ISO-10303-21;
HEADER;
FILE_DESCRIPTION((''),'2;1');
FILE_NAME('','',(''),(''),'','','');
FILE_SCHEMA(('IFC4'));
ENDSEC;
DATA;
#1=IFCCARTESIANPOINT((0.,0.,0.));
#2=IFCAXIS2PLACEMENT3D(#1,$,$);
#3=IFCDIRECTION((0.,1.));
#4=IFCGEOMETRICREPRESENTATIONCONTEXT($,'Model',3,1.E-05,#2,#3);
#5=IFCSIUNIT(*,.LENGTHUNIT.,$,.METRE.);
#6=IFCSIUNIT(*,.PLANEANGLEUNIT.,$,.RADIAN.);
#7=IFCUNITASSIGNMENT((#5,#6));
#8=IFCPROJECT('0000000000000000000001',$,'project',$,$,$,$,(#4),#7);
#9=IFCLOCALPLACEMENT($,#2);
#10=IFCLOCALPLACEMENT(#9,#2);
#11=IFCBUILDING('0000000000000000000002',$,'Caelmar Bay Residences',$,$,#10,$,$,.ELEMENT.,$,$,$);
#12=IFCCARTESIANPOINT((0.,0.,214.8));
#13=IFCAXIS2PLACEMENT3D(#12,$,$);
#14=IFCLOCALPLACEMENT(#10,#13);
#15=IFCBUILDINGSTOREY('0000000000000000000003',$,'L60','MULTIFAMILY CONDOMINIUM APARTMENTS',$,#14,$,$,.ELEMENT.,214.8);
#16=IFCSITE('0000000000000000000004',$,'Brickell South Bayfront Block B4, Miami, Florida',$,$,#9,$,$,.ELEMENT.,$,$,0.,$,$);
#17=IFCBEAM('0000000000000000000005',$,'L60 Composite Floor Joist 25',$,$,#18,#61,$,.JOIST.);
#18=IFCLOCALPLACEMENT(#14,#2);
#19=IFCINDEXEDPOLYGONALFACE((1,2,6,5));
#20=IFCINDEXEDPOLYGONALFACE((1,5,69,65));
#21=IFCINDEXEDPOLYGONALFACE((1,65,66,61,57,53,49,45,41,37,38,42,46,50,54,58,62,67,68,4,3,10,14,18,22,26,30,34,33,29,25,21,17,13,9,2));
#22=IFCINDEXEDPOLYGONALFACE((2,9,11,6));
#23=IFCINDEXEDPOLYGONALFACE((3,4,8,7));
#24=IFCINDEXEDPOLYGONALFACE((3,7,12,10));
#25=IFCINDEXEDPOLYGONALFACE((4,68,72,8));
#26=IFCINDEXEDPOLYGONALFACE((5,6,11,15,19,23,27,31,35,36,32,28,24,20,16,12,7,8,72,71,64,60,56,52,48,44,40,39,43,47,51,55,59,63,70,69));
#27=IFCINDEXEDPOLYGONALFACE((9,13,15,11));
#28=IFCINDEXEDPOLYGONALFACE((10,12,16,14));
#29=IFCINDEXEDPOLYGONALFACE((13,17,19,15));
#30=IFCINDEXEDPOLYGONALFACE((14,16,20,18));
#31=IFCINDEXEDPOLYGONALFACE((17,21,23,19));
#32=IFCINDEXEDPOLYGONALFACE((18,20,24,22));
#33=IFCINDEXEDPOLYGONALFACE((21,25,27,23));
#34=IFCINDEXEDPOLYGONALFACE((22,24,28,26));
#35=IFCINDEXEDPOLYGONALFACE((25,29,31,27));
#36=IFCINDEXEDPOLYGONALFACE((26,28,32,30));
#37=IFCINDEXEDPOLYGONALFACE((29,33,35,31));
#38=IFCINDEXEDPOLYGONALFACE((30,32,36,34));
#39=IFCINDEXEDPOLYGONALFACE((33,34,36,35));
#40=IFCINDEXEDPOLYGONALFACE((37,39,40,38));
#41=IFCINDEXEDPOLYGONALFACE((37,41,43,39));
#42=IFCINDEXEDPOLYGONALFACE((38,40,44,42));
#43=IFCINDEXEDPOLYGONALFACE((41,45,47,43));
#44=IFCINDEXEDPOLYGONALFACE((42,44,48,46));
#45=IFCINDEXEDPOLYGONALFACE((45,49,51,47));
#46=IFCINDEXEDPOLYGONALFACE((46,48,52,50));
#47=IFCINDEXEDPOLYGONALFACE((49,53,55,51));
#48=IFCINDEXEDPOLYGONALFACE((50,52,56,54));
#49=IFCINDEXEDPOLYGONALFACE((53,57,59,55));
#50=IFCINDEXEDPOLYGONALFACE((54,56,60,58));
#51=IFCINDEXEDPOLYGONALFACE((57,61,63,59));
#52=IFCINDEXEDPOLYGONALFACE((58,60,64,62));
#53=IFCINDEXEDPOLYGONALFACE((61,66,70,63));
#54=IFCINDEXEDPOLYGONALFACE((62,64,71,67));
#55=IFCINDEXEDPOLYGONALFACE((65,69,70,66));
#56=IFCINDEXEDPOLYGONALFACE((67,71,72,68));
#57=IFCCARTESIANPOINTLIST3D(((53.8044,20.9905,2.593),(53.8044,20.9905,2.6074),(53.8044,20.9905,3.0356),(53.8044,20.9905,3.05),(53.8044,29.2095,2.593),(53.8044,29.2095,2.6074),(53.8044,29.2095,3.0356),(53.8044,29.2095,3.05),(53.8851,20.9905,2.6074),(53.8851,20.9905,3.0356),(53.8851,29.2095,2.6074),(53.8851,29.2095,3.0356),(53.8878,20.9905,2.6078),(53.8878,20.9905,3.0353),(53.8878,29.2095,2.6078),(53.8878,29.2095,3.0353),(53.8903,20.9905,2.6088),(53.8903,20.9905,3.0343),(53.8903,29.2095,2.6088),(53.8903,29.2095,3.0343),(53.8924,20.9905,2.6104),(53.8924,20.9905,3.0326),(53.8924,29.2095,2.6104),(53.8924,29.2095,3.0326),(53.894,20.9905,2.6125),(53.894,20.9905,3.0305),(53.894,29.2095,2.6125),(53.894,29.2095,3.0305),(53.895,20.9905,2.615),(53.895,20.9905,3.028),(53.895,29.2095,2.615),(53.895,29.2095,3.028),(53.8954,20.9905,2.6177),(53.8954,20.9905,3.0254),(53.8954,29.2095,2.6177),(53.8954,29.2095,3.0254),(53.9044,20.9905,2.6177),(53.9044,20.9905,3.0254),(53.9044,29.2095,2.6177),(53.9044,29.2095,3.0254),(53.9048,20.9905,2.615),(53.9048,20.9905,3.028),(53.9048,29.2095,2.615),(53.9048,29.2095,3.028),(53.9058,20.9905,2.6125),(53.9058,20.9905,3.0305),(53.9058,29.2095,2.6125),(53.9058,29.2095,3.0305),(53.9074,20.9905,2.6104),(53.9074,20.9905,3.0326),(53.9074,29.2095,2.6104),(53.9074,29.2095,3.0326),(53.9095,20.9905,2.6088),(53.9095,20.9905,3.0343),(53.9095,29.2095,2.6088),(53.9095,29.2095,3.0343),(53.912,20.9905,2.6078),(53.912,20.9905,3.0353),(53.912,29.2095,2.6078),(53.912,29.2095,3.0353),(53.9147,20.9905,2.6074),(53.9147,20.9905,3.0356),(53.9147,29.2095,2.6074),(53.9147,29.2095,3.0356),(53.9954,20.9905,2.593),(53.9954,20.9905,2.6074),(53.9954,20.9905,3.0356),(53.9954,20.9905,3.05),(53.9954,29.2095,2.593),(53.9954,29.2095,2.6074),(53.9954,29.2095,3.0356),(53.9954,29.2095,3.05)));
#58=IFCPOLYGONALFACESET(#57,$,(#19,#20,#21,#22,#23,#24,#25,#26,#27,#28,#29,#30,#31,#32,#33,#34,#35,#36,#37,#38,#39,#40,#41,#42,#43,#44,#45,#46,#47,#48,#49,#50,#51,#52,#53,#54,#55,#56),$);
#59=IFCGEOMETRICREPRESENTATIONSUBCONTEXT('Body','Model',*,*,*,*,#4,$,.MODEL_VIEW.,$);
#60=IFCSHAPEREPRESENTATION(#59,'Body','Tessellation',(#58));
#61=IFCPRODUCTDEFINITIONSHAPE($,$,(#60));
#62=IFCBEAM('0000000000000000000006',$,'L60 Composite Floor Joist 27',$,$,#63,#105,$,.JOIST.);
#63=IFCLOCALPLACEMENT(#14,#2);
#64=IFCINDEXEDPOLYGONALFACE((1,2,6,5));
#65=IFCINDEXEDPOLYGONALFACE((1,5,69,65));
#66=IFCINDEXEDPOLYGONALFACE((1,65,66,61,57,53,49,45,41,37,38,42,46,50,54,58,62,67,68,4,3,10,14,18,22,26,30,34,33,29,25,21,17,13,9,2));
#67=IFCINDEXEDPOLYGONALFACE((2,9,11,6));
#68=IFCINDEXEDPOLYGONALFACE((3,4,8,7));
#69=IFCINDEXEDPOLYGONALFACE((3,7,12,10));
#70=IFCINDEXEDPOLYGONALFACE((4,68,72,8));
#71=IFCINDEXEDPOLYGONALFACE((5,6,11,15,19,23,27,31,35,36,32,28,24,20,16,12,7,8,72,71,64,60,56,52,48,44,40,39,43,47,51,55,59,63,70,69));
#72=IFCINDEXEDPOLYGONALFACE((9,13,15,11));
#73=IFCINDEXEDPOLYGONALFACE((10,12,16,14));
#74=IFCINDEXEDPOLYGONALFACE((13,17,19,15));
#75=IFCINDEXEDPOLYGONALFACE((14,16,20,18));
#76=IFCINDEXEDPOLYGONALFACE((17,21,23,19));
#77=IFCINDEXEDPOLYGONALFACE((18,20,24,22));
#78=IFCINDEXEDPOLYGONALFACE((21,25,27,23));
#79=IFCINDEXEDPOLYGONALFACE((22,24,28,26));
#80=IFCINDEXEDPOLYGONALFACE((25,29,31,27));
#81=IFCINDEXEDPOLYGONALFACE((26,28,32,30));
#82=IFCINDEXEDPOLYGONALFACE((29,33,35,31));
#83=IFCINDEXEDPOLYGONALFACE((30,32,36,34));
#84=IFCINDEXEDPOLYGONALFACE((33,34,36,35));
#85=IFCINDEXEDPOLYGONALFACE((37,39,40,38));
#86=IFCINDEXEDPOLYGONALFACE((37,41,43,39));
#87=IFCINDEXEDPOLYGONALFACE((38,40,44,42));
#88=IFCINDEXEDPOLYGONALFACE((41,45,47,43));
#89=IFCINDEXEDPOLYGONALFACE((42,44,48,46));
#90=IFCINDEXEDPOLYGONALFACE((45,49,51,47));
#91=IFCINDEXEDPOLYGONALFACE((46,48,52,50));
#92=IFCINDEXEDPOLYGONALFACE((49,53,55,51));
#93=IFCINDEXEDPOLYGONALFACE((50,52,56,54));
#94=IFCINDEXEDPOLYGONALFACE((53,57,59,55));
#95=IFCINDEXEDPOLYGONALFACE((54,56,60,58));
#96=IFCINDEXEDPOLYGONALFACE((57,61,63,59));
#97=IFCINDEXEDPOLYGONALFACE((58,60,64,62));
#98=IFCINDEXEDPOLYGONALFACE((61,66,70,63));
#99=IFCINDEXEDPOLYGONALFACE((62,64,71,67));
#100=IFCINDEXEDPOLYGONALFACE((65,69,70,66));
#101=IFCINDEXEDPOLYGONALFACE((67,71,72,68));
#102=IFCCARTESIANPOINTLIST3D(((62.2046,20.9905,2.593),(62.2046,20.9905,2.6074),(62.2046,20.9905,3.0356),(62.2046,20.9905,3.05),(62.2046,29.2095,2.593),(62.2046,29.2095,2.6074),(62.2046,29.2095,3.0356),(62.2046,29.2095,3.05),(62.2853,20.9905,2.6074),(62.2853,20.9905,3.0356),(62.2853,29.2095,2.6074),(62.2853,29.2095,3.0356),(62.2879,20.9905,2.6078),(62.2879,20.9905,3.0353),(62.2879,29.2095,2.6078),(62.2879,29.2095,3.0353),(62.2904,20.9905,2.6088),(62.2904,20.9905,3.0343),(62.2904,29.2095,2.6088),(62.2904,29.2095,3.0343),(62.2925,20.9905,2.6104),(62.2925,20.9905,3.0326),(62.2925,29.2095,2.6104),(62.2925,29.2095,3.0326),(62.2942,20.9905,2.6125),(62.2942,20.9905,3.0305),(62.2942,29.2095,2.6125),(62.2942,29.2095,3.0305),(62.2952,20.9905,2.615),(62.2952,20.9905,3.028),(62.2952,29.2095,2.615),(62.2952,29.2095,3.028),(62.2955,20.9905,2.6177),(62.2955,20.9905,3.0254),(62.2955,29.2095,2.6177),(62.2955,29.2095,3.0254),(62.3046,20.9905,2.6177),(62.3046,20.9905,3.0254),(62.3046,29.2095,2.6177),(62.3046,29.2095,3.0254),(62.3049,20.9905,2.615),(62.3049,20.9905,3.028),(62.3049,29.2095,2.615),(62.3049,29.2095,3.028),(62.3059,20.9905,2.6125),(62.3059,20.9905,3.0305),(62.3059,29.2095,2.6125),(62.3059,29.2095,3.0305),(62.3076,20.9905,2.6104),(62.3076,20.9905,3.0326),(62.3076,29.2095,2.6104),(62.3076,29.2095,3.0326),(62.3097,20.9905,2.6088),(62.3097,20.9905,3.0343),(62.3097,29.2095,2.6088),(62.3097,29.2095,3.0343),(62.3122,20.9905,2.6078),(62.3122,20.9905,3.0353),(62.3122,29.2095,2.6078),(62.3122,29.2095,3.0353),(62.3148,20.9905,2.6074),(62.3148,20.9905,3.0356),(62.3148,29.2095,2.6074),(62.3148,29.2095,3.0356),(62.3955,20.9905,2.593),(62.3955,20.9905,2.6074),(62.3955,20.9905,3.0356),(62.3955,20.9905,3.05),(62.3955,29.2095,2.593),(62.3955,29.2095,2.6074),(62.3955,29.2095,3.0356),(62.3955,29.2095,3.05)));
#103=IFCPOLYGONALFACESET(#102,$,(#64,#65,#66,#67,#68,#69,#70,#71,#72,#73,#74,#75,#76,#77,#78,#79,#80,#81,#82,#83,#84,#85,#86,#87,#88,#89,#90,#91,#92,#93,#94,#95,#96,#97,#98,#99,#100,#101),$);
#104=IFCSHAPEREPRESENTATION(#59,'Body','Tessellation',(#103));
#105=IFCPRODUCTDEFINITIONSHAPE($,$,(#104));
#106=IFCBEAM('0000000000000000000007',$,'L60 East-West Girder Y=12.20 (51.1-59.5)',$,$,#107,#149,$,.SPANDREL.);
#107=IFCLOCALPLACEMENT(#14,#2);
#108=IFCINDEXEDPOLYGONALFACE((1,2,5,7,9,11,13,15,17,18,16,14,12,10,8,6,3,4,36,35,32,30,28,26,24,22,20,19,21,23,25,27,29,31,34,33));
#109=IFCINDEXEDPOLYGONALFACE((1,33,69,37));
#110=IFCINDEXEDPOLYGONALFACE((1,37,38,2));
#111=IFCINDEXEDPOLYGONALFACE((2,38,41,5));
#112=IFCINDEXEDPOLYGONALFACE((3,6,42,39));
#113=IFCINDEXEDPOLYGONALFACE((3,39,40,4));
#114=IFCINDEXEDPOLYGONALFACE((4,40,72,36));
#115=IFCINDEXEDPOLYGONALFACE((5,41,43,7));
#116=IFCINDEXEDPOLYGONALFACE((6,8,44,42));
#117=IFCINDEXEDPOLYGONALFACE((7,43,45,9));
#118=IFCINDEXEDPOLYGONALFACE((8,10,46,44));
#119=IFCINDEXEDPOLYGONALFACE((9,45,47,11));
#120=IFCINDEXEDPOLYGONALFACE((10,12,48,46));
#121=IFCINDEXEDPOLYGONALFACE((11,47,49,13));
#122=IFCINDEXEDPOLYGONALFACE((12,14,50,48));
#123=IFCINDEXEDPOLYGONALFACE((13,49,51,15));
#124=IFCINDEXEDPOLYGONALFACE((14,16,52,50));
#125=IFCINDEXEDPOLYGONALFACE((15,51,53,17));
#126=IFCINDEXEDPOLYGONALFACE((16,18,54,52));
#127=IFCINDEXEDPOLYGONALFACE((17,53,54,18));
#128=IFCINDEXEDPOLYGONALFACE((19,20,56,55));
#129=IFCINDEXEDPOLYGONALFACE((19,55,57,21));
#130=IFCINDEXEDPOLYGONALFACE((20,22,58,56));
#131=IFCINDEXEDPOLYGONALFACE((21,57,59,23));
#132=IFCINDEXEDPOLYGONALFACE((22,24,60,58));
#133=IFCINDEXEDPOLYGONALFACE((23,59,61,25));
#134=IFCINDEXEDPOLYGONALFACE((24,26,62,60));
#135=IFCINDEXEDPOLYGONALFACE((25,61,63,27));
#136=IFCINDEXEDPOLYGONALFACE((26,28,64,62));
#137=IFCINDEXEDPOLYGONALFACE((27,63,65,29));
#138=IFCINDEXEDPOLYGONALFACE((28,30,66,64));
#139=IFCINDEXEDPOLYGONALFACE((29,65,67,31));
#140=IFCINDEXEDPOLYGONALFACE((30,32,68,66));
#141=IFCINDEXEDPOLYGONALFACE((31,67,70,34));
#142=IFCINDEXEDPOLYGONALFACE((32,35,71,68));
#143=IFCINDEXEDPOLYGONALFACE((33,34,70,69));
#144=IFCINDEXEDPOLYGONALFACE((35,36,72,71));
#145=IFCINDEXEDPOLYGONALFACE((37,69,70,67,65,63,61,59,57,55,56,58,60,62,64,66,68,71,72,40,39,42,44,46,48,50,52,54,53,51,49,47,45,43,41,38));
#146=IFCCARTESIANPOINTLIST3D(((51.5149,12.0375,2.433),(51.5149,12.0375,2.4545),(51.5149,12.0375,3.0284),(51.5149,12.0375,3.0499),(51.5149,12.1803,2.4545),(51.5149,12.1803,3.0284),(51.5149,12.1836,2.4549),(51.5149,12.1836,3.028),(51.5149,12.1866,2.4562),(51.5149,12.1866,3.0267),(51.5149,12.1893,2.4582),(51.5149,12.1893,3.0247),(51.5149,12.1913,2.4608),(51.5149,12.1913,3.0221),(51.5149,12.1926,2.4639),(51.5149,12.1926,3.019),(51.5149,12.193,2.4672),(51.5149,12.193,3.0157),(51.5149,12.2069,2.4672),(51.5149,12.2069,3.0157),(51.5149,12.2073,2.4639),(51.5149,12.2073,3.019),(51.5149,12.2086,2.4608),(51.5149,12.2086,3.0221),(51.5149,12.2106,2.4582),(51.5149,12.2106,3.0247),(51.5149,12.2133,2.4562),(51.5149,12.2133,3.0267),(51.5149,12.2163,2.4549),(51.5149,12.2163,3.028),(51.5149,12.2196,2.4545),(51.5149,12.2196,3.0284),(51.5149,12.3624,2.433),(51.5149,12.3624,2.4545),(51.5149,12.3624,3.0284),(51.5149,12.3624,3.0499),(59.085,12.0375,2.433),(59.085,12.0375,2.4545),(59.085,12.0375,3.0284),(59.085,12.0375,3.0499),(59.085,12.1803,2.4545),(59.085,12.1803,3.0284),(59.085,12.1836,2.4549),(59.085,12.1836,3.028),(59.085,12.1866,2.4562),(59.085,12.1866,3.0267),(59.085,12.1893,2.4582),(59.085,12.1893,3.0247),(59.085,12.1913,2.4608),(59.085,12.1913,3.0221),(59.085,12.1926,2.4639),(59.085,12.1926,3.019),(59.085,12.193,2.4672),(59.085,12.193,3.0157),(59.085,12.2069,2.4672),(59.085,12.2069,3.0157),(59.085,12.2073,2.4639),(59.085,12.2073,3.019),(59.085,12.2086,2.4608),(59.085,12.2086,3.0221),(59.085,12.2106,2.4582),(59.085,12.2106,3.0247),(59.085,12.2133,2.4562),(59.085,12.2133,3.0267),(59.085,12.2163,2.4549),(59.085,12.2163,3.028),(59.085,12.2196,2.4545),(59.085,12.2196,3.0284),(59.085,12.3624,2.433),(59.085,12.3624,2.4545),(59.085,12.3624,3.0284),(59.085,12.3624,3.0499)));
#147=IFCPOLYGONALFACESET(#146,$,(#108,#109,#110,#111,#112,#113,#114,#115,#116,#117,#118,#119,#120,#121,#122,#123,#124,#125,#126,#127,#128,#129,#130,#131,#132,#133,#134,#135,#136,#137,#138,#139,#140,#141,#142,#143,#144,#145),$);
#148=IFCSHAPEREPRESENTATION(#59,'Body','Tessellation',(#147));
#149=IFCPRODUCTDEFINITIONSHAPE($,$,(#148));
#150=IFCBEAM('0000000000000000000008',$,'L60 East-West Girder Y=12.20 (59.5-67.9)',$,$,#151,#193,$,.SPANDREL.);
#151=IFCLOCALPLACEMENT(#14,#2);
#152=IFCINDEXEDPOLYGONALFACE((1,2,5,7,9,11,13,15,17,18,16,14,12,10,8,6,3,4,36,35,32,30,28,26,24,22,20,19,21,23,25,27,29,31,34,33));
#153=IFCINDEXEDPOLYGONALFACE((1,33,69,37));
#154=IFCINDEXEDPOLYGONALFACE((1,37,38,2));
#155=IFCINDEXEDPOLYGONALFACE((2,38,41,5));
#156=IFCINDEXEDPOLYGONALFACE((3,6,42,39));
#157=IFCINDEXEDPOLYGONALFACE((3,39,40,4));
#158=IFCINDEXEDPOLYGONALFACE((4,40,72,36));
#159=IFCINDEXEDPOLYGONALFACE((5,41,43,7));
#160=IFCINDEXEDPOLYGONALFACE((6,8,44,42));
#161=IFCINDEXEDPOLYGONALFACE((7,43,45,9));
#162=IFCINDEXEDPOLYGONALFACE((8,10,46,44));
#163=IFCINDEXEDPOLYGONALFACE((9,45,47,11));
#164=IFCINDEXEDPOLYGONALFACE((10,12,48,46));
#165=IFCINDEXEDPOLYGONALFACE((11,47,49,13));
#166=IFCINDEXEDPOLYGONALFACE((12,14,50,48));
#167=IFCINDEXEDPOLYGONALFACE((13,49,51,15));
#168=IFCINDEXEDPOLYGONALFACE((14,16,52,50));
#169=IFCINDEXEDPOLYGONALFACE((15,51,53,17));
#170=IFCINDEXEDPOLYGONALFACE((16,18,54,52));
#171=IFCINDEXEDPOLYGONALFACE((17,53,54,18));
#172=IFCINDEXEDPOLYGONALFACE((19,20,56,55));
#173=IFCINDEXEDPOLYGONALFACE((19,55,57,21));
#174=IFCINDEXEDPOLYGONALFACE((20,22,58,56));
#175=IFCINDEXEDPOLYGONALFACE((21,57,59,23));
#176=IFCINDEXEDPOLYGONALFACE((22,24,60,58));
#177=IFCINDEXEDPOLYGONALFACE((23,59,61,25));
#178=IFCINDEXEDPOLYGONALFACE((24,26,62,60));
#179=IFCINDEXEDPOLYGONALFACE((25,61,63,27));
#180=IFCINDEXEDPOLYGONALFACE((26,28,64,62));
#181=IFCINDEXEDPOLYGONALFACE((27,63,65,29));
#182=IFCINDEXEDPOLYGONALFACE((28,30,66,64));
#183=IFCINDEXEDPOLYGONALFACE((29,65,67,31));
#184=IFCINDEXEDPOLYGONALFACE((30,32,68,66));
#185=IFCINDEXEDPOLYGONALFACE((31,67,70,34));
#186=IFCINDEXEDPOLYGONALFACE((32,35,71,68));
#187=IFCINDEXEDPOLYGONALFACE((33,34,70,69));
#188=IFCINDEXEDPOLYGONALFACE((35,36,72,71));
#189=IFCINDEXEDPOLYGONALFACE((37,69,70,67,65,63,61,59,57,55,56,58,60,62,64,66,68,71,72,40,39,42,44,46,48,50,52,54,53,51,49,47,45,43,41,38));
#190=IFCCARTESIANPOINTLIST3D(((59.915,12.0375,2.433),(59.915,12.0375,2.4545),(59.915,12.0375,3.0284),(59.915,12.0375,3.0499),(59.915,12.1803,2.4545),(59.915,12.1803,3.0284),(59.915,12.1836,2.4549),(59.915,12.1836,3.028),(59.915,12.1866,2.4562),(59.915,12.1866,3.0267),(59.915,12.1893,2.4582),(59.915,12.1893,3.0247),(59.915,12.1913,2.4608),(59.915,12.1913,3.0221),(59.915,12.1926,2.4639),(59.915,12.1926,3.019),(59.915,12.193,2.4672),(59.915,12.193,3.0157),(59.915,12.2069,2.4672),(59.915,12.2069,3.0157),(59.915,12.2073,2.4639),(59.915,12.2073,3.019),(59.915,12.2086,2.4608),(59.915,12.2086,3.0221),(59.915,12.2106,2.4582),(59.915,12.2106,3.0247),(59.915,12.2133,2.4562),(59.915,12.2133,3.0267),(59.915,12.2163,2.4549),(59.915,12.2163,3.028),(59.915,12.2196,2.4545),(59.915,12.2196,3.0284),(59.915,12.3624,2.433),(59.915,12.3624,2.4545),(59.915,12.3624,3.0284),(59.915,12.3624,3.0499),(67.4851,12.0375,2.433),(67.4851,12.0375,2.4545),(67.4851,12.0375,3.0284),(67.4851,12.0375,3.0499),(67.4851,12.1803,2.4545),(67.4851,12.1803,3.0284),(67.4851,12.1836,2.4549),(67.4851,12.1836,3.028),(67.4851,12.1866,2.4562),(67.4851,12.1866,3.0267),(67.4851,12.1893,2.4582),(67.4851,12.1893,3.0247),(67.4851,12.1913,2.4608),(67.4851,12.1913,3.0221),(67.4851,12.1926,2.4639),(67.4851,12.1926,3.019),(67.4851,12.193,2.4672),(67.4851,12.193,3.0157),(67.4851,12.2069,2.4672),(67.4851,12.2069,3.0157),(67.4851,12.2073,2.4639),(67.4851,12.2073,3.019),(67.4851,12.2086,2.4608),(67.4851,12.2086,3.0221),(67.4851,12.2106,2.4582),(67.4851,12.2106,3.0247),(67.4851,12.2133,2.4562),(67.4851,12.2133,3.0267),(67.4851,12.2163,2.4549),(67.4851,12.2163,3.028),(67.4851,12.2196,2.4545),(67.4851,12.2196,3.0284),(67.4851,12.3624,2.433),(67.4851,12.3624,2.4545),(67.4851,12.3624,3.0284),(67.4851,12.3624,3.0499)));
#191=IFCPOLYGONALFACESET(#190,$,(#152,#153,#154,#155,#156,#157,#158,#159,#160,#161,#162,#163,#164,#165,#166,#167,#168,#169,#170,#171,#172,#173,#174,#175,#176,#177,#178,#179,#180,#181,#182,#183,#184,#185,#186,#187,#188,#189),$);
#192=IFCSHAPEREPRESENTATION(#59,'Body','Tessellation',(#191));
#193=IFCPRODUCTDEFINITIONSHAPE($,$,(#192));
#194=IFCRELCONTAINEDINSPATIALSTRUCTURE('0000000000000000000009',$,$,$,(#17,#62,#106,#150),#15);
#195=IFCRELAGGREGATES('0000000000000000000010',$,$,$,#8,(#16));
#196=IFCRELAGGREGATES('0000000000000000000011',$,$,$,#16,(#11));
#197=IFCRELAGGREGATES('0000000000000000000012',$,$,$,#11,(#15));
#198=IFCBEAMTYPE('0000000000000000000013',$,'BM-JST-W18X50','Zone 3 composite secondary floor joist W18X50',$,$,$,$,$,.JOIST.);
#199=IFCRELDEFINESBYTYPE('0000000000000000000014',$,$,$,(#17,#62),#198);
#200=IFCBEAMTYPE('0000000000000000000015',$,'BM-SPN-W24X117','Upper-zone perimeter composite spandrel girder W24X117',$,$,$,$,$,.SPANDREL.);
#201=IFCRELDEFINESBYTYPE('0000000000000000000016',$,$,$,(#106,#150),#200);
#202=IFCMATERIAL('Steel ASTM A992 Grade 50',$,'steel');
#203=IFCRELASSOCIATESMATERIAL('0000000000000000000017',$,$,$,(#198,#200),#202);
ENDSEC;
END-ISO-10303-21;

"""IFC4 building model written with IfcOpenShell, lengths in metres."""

from ifc_helpers import new_model, si_unit, direction, frame, origin, origin_2d, place, context, subcontext, project, spatial, i_section, extrude, material, material_profile, profile_set, type_object, element, save


model = new_model("IFC4")

# Units and contexts
model_context = context("Model", 3, precision=1e-05, world=origin(), true_north=direction((0.0, 1.0)))
body_context = subcontext(model_context, "Body", "Model", "MODEL_VIEW")
ifc_project = project(units=[si_unit("LENGTHUNIT", "METRE"), si_unit("PLANEANGLEUNIT", "RADIAN")], contexts=[model_context])

# Site, building, storey
site_placement = place(None, origin())
site = spatial("IfcSite", under=ifc_project, at=site_placement, Name="Brickell South Bayfront Block B4, Miami, Florida", CompositionType="ELEMENT", RefElevation=0.0)
building_placement = place(site_placement, origin())
building = spatial("IfcBuilding", under=site, at=building_placement, Name="Caelmar Bay Residences", CompositionType="ELEMENT")
storey_placement = place(building_placement, frame((0.0, 0.0, 214.8)))
storey = spatial("IfcBuildingStorey", under=building, at=storey_placement, Name="L60", Description="MULTIFAMILY CONDOMINIUM APARTMENTS", CompositionType="ELEMENT", Elevation=214.8)

# Beams
ifc_material_1 = material(Name="Steel ASTM A992 Grade 50", Category="steel")
ifc_material_profile_1 = material_profile(ifc_material_1, i_section(OverallWidth=0.1909, OverallDepth=0.457, WebThickness=0.009, FlangeThickness=0.0144, FilletRadius=0.0103, at=origin_2d()), Name="W18X50")
ifc_profile_set_1 = profile_set([ifc_material_profile_1], Name="Steel ASTM A992 Grade 50")
beam_type_1 = type_object("IfcBeamType", Name="BM-JST-W18X50", Description="Zone 3 composite secondary floor joist W18X50", PredefinedType="JOIST", material=ifc_profile_set_1)
for number, where, z_axis, x_axis, name in (
    (1, (53.8999, 20.9905, 2.8215), (0.0, 1.0, 0.0), (-1.0, 0.0, 0.0), "L60 Composite Floor Joist 25"),
    (2, (62.3, 20.9905, 2.8215), (0.0, 1.0, 0.0), (-1.0, 0.0, 0.0), "L60 Composite Floor Joist 27"),
):
    element("IfcBeam", number, at=place(storey_placement, frame(where, z_axis=z_axis, x_axis=x_axis)), inside=storey, type_object=beam_type_1, Name=name, PredefinedType="JOIST", context=body_context, shape_type="SweptSolid", body=[
        extrude(i_section(OverallWidth=0.1909, OverallDepth=0.457, WebThickness=0.009, FlangeThickness=0.0144, FilletRadius=0.0103, at=origin_2d()), origin(), (0.0, 0.0, 1.0), 8.219),
    ])
ifc_material_profile_2 = material_profile(ifc_material_1, i_section(OverallWidth=0.325, OverallDepth=0.6169, WebThickness=0.0139, FlangeThickness=0.0215, FilletRadius=0.0127, at=origin_2d()), Name="W24X117")
ifc_profile_set_2 = profile_set([ifc_material_profile_2], Name="Steel ASTM A992 Grade 50")
beam_type_2 = type_object("IfcBeamType", Name="BM-SPN-W24X117", Description="Upper-zone perimeter composite spandrel girder W24X117", PredefinedType="SPANDREL", material=ifc_profile_set_2)
for number, where, z_axis, x_axis, name in (
    (3, (51.5149, 12.2, 2.7415), (1.0, 0.0, 0.0), (0.0, 1.0, 0.0), "L60 East-West Girder Y=12.20 (51.1-59.5)"),
    (4, (59.915, 12.2, 2.7415), (1.0, 0.0, 0.0), (0.0, 1.0, 0.0), "L60 East-West Girder Y=12.20 (59.5-67.9)"),
):
    element("IfcBeam", number, at=place(storey_placement, frame(where, z_axis=z_axis, x_axis=x_axis)), inside=storey, type_object=beam_type_2, Name=name, PredefinedType="SPANDREL", context=body_context, shape_type="SweptSolid", body=[
        extrude(i_section(OverallWidth=0.325, OverallDepth=0.6169, WebThickness=0.0139, FlangeThickness=0.0215, FilletRadius=0.0127, at=origin_2d()), origin(), (0.0, 0.0, 1.0), 7.5701),
    ])

save(model, "model.ifc")
